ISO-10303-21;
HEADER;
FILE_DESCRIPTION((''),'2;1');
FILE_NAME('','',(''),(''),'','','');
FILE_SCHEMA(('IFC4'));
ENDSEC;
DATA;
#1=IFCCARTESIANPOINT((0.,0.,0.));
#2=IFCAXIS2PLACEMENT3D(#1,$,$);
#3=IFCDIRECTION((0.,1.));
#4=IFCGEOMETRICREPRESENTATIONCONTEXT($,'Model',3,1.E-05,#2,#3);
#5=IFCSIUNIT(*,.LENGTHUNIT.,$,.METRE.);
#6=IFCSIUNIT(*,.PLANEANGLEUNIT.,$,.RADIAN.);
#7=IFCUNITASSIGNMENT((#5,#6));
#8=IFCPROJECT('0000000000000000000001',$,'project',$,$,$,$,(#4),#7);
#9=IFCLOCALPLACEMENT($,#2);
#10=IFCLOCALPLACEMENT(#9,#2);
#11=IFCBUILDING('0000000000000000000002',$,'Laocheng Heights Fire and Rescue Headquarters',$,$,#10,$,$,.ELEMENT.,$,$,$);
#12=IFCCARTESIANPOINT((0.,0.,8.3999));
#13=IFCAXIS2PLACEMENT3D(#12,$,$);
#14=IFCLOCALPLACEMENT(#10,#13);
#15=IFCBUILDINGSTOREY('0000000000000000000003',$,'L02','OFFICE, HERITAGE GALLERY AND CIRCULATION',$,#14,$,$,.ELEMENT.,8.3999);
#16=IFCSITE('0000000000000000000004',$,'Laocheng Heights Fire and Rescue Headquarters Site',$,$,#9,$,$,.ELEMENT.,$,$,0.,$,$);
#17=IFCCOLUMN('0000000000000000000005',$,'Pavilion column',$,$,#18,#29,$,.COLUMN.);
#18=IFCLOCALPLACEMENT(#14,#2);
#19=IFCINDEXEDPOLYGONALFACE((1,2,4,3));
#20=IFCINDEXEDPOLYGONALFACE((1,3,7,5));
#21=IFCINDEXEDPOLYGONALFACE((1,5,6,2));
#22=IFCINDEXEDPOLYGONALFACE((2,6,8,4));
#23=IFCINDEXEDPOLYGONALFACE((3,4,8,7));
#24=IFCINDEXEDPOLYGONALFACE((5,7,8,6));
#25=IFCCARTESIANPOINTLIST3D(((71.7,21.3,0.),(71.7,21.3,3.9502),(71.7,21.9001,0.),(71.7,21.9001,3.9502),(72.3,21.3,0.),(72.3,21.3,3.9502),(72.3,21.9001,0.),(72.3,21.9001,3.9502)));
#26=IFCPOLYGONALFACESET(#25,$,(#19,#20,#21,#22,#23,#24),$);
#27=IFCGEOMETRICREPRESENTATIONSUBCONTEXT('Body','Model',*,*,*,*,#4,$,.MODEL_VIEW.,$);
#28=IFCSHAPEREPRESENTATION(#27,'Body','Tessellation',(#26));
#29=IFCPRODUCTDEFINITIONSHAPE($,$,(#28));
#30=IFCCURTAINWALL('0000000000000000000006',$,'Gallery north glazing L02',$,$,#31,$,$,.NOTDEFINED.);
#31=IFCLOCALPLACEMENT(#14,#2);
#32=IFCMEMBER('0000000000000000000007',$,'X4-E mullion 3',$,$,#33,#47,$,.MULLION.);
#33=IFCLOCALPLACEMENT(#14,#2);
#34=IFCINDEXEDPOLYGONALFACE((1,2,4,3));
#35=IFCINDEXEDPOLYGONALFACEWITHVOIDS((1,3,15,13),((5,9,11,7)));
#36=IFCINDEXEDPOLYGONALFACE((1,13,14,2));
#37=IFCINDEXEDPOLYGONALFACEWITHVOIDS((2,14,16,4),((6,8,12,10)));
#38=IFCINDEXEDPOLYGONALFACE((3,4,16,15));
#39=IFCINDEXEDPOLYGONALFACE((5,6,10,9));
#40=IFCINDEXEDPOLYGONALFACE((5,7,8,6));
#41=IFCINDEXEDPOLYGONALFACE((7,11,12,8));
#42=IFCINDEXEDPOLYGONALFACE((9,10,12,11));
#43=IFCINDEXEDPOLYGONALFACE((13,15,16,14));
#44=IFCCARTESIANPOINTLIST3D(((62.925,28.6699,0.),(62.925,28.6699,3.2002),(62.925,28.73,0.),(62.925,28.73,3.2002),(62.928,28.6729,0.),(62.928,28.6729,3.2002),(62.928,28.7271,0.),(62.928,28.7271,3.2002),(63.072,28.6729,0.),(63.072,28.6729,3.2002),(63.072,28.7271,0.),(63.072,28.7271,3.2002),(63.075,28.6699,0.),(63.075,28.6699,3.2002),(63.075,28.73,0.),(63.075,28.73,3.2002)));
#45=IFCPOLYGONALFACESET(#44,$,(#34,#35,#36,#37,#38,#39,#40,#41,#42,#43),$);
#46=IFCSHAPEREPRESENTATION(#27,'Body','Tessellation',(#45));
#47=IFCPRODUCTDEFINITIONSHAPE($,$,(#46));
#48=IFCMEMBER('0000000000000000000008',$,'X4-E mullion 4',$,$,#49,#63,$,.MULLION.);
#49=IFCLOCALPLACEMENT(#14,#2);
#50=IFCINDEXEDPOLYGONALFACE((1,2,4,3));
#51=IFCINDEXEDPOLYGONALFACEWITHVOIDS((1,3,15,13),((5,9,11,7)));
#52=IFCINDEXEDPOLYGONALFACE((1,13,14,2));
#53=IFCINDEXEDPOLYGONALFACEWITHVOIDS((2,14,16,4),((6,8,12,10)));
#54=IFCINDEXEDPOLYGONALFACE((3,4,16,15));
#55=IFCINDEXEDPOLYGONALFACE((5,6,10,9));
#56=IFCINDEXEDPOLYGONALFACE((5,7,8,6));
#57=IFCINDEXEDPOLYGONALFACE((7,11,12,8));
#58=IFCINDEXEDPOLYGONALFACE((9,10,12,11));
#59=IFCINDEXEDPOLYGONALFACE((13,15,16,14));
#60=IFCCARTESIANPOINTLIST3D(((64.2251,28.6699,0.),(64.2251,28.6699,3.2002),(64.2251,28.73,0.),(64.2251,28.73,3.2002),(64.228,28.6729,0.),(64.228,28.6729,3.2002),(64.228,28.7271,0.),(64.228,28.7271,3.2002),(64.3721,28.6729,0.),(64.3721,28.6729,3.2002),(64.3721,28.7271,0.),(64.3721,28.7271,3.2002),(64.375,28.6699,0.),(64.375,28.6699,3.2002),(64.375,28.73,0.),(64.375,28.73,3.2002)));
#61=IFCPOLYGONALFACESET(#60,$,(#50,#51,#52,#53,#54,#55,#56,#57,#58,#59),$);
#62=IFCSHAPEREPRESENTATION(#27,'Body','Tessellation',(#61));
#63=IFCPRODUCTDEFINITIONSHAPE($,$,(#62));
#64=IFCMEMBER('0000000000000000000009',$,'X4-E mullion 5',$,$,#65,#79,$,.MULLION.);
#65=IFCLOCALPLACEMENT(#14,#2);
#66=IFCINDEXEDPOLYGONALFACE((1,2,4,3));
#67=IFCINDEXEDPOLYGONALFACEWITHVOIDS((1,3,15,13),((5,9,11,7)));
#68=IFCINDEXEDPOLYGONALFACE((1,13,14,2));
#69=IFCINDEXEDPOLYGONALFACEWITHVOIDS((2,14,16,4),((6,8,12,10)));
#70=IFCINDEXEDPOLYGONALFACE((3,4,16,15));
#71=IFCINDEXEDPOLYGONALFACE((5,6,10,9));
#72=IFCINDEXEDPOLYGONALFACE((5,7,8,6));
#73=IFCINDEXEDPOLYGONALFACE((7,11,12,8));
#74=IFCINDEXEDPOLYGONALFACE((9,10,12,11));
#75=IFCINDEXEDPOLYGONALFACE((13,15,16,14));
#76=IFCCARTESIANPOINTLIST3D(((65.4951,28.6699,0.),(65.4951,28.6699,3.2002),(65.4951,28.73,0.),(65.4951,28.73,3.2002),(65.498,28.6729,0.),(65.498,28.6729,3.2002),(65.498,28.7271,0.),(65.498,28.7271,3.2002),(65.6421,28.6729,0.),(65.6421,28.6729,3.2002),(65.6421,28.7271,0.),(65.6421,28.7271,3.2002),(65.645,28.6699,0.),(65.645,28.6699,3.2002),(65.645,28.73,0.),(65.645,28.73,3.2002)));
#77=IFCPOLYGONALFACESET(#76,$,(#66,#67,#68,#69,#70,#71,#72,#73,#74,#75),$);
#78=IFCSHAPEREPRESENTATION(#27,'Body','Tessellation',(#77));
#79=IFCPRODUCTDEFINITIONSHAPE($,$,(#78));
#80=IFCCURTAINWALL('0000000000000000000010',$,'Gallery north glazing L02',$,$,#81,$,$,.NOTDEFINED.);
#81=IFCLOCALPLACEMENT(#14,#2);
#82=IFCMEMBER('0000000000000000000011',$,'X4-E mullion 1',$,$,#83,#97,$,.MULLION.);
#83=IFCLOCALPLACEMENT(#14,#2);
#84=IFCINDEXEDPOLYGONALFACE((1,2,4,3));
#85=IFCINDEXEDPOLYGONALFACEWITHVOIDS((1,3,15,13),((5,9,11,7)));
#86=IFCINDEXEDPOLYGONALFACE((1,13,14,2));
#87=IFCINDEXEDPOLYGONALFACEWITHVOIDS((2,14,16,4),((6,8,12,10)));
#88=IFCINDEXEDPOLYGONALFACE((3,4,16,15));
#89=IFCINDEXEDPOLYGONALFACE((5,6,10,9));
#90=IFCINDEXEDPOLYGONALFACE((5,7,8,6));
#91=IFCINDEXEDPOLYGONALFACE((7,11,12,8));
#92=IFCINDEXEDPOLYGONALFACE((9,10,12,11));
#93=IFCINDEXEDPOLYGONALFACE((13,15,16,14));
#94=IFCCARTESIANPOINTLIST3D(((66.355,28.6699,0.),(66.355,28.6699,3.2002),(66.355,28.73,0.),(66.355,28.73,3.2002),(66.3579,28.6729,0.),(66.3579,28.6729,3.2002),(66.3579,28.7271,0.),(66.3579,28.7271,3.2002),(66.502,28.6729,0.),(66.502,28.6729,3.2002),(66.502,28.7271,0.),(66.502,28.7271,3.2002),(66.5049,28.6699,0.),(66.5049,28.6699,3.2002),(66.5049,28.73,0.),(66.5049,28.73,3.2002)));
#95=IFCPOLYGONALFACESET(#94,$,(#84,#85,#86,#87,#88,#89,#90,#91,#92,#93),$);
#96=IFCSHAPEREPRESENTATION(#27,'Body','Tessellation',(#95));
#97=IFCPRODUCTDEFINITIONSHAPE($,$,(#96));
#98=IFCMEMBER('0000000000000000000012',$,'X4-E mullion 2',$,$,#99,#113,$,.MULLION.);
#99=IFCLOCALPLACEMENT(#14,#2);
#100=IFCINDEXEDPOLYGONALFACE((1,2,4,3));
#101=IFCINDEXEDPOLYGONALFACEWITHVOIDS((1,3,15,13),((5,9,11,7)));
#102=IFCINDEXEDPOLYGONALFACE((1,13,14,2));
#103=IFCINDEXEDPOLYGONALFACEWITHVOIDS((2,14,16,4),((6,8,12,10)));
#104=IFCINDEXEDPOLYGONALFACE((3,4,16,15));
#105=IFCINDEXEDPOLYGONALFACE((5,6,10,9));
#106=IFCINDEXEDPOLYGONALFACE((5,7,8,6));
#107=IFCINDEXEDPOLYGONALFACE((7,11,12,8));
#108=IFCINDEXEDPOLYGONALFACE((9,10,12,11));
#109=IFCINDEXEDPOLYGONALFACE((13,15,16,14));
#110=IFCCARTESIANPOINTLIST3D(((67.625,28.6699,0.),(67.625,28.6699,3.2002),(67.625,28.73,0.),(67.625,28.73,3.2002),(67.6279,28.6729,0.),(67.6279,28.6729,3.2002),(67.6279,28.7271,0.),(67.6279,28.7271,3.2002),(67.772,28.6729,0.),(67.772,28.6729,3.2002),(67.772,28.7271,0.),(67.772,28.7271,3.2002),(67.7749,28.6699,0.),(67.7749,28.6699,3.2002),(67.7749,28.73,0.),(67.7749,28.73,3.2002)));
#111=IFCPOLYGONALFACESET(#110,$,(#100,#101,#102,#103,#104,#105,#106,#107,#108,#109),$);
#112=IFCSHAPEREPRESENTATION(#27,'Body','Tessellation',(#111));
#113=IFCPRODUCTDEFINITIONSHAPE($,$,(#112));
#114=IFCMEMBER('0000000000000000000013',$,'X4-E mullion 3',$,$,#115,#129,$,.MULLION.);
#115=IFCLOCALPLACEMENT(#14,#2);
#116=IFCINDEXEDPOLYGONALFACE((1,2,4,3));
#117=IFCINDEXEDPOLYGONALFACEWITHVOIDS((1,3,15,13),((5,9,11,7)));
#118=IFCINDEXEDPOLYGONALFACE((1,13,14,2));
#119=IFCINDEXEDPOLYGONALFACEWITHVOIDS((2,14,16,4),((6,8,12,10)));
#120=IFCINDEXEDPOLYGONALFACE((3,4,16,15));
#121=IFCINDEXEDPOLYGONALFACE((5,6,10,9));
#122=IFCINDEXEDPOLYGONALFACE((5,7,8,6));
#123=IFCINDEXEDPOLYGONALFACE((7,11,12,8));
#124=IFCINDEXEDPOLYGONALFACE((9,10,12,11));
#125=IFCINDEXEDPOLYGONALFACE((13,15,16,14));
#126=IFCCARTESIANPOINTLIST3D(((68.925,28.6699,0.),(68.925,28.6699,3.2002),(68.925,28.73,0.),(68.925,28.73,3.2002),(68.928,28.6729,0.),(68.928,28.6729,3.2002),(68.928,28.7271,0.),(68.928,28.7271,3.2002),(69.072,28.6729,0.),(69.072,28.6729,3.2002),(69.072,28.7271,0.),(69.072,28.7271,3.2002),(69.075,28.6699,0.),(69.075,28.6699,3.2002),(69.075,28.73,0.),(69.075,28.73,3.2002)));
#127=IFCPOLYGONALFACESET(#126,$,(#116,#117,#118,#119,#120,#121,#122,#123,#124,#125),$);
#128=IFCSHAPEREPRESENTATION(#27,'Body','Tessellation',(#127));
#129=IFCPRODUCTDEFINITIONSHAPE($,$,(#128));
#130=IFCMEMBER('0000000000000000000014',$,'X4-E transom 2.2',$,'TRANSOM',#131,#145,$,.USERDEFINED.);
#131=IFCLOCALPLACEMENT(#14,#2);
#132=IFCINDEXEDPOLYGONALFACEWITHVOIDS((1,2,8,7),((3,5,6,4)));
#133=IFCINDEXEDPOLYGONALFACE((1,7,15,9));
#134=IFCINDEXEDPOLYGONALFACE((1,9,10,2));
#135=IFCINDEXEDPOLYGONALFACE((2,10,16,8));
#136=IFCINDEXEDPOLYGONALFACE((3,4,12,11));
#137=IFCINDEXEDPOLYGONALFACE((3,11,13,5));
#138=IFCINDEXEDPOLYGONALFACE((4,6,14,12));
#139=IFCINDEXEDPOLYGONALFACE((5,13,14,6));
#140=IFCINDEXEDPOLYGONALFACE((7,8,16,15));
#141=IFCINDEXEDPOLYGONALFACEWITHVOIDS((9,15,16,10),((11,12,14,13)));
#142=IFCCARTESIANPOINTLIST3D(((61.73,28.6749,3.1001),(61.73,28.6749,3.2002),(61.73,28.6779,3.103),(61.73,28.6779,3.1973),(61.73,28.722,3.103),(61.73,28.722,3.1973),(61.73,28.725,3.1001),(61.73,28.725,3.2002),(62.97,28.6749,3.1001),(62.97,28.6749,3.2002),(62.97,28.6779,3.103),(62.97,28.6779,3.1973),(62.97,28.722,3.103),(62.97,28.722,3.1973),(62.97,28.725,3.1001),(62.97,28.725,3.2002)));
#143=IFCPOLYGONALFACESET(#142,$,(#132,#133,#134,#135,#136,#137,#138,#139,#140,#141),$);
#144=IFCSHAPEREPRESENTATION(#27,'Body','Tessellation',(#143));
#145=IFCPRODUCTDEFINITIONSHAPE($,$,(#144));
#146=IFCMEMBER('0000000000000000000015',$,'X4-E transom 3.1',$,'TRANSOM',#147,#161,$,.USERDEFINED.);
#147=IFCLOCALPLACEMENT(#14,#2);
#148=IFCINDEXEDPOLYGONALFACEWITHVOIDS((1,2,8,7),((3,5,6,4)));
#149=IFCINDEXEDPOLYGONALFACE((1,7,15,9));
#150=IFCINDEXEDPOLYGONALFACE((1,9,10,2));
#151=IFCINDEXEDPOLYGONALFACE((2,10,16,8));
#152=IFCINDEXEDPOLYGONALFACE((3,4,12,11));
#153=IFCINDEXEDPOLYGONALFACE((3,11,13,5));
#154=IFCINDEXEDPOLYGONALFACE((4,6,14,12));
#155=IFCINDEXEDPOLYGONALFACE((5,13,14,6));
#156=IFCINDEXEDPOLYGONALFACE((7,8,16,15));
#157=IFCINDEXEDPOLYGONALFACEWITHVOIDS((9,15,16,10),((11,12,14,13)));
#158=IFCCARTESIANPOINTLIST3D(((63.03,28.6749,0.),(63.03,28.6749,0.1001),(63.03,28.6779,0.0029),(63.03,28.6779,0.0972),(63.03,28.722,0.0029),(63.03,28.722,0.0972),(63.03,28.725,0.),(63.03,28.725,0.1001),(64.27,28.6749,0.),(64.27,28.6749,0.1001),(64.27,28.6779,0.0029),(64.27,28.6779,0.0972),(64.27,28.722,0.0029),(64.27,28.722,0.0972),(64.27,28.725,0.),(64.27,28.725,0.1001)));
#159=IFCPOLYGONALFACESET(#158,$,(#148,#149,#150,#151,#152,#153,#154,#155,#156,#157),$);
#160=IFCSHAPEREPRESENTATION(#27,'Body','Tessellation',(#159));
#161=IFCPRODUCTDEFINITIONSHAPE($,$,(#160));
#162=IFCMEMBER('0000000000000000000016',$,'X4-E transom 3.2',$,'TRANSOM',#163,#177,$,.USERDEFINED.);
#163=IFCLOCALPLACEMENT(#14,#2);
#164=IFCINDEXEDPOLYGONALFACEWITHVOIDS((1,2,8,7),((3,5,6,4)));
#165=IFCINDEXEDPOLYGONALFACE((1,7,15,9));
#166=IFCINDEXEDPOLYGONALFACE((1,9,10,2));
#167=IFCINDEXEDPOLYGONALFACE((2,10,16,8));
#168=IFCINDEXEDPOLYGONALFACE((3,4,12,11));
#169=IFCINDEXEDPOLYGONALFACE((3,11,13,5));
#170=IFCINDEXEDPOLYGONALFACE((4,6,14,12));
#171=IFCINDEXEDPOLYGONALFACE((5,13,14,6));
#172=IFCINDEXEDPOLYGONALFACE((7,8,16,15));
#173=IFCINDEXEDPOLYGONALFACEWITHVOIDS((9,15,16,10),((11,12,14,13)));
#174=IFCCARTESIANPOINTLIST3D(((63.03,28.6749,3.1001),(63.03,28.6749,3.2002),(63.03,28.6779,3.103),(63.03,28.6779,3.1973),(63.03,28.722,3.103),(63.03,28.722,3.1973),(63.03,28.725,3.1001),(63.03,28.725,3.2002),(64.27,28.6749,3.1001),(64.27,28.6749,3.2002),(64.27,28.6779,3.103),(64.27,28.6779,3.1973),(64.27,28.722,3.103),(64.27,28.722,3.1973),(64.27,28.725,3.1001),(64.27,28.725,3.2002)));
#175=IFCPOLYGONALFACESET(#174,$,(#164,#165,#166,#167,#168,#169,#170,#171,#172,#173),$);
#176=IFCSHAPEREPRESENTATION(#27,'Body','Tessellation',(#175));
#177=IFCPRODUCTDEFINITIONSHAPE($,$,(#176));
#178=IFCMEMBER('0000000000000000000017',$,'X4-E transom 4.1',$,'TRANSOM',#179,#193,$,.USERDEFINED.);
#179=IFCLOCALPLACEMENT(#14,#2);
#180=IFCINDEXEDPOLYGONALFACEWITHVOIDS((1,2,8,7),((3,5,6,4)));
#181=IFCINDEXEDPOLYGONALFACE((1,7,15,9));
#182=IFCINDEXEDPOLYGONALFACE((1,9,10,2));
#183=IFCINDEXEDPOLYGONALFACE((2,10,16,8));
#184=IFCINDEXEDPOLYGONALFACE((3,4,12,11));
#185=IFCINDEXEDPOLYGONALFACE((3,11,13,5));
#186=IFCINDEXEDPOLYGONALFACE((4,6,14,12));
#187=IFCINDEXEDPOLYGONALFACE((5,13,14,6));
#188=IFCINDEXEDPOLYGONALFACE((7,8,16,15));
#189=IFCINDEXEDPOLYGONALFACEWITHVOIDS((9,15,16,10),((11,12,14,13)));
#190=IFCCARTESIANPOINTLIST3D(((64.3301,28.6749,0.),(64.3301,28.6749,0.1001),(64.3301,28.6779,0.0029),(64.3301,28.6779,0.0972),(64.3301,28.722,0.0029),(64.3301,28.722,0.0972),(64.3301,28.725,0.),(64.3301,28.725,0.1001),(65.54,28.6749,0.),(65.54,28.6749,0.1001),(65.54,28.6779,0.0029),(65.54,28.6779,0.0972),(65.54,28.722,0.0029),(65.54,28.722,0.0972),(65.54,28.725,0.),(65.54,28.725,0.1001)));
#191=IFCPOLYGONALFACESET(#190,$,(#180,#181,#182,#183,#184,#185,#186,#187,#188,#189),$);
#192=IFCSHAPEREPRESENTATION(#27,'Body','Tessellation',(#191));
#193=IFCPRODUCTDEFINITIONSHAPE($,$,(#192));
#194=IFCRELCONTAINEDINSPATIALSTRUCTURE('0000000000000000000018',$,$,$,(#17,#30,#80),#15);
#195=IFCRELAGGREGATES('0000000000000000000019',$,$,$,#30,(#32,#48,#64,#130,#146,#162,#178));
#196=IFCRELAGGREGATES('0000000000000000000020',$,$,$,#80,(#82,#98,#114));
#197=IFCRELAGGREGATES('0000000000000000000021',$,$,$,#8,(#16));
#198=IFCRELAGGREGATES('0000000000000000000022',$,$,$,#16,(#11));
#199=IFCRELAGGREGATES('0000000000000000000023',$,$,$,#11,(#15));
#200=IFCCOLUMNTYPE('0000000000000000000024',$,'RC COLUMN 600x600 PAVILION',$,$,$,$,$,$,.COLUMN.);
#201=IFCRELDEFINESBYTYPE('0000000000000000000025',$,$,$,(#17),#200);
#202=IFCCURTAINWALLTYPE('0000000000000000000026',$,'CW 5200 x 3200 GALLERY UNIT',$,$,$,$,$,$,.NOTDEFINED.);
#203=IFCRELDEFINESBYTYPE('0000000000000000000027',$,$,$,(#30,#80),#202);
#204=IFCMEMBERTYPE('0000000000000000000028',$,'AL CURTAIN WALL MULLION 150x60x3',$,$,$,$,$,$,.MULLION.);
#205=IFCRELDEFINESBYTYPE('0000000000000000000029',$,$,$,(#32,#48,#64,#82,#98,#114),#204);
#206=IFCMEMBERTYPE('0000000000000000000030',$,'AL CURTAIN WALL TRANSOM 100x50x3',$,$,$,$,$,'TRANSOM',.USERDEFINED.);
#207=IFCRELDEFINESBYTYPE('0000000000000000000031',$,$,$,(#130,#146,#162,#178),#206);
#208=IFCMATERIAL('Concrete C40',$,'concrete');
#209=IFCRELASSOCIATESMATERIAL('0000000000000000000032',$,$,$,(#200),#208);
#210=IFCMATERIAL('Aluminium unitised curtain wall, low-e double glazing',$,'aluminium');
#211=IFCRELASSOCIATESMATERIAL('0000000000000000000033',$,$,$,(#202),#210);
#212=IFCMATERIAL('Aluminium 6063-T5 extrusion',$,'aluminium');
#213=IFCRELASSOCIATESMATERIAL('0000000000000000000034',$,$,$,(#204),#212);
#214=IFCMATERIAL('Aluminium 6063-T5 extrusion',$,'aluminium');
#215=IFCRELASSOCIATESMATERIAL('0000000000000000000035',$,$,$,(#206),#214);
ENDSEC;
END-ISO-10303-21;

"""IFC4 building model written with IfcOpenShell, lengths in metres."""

from ifc_helpers import new_model, si_unit, direction, frame, origin, origin_2d, place, context, subcontext, project, spatial, rectangle, hollow_rectangle, extrude, material, material_profile, profile_set, type_object, element, aggregate, save


model = new_model("IFC4")

# Units and contexts
model_context = context("Model", 3, precision=1e-05, world=origin(), true_north=direction((0.0, 1.0)))
body_context = subcontext(model_context, "Body", "Model", "MODEL_VIEW")
ifc_project = project(units=[si_unit("LENGTHUNIT", "METRE"), si_unit("PLANEANGLEUNIT", "RADIAN")], contexts=[model_context])

# Site, building, storey
site_placement = place(None, origin())
site = spatial("IfcSite", under=ifc_project, at=site_placement, Name="Laocheng Heights Fire and Rescue Headquarters Site", CompositionType="ELEMENT", RefElevation=0.0)
building_placement = place(site_placement, origin())
building = spatial("IfcBuilding", under=site, at=building_placement, Name="Laocheng Heights Fire and Rescue Headquarters", CompositionType="ELEMENT")
storey_placement = place(building_placement, frame((0.0, 0.0, 8.3999)))
storey = spatial("IfcBuildingStorey", under=building, at=storey_placement, Name="L02", Description="OFFICE, HERITAGE GALLERY AND CIRCULATION", CompositionType="ELEMENT", Elevation=8.3999)

# Column
ifc_material_1 = material(Name="Concrete C40", Category="concrete")
ifc_material_profile_1 = material_profile(ifc_material_1, rectangle(XDim=0.6001, YDim=0.6001, at=origin_2d()), Name="RC COLUMN 600x600 PAVILION")
ifc_profile_set_1 = profile_set([ifc_material_profile_1], Name="Concrete C40")
column_type = type_object("IfcColumnType", Name="RC COLUMN 600x600 PAVILION", PredefinedType="COLUMN", material=ifc_profile_set_1)
column_placement = place(storey_placement, frame((72.0, 21.6001, 0.0), z_axis=(0.0, 0.0, 1.0), x_axis=(1.0, 0.0, 0.0)))
element("IfcColumn", 1, at=column_placement, inside=storey, type_object=column_type, Name="Pavilion column", PredefinedType="COLUMN", context=body_context, shape_type="SweptSolid", body=[
    extrude(rectangle(XDim=0.6001, YDim=0.6001, at=origin_2d()), origin(), (0.0, 0.0, 1.0), 3.9502),
])

# Curtain walls, members
ifc_material_2 = material(Name="Aluminium unitised curtain wall, low-e double glazing", Category="aluminium")
curtain_wall_type = type_object("IfcCurtainWallType", Name="CW 5200 x 3200 GALLERY UNIT", PredefinedType="NOTDEFINED", material=ifc_material_2)
curtain_wall_1_placement = place(storey_placement, origin())
curtain_wall_1 = element("IfcCurtainWall", 2, at=curtain_wall_1_placement, inside=storey, type_object=curtain_wall_type, Name="Gallery north glazing L02", PredefinedType="NOTDEFINED")
ifc_material_3 = material(Name="Aluminium 6063-T5 extrusion", Category="aluminium")
ifc_material_profile_2 = material_profile(ifc_material_3, hollow_rectangle(XDim=0.0601, YDim=0.1499, WallThickness=0.0029, at=origin_2d()), Name="AL MULLION 150x60x3")
ifc_profile_set_2 = profile_set([ifc_material_profile_2], Name="Aluminium 6063-T5 extrusion")
member_type_1 = type_object("IfcMemberType", Name="AL CURTAIN WALL MULLION 150x60x3", PredefinedType="MULLION", material=ifc_profile_set_2)
member_1_placement = place(storey_placement, frame((63.0, 28.7, 0.0), z_axis=(0.0, 0.0, 1.0), x_axis=(0.0, 1.0, 0.0)))
member_1 = element("IfcMember", 3, at=member_1_placement, type_object=member_type_1, Name="X4-E mullion 3", PredefinedType="MULLION", context=body_context, shape_type="SweptSolid", body=[
    extrude(hollow_rectangle(XDim=0.0601, YDim=0.1499, WallThickness=0.0029, at=origin_2d()), origin(), (0.0, 0.0, 1.0), 3.2002),
])
member_2_placement = place(storey_placement, frame((64.3, 28.7, 0.0), z_axis=(0.0, 0.0, 1.0), x_axis=(0.0, 1.0, 0.0)))
member_2 = element("IfcMember", 4, at=member_2_placement, type_object=member_type_1, Name="X4-E mullion 4", PredefinedType="MULLION", context=body_context, shape_type="SweptSolid", body=[
    extrude(hollow_rectangle(XDim=0.0601, YDim=0.1499, WallThickness=0.0029, at=origin_2d()), origin(), (0.0, 0.0, 1.0), 3.2002),
])
member_3_placement = place(storey_placement, frame((65.5701, 28.7, 0.0), z_axis=(0.0, 0.0, 1.0), x_axis=(0.0, 1.0, 0.0)))
member_3 = element("IfcMember", 5, at=member_3_placement, type_object=member_type_1, Name="X4-E mullion 5", PredefinedType="MULLION", context=body_context, shape_type="SweptSolid", body=[
    extrude(hollow_rectangle(XDim=0.0601, YDim=0.1499, WallThickness=0.0029, at=origin_2d()), origin(), (0.0, 0.0, 1.0), 3.2002),
])
curtain_wall_2_placement = place(storey_placement, origin())
curtain_wall_2 = element("IfcCurtainWall", 6, at=curtain_wall_2_placement, inside=storey, type_object=curtain_wall_type, Name="Gallery north glazing L02", PredefinedType="NOTDEFINED")
member_4_placement = place(storey_placement, frame((66.4299, 28.7, 0.0), z_axis=(0.0, 0.0, 1.0), x_axis=(0.0, 1.0, 0.0)))
member_4 = element("IfcMember", 7, at=member_4_placement, type_object=member_type_1, Name="X4-E mullion 1", PredefinedType="MULLION", context=body_context, shape_type="SweptSolid", body=[
    extrude(hollow_rectangle(XDim=0.0601, YDim=0.1499, WallThickness=0.0029, at=origin_2d()), origin(), (0.0, 0.0, 1.0), 3.2002),
])
member_5_placement = place(storey_placement, frame((67.7, 28.7, 0.0), z_axis=(0.0, 0.0, 1.0), x_axis=(0.0, 1.0, 0.0)))
member_5 = element("IfcMember", 8, at=member_5_placement, type_object=member_type_1, Name="X4-E mullion 2", PredefinedType="MULLION", context=body_context, shape_type="SweptSolid", body=[
    extrude(hollow_rectangle(XDim=0.0601, YDim=0.1499, WallThickness=0.0029, at=origin_2d()), origin(), (0.0, 0.0, 1.0), 3.2002),
])
member_6_placement = place(storey_placement, frame((69.0, 28.7, 0.0), z_axis=(0.0, 0.0, 1.0), x_axis=(0.0, 1.0, 0.0)))
member_6 = element("IfcMember", 9, at=member_6_placement, type_object=member_type_1, Name="X4-E mullion 3", PredefinedType="MULLION", context=body_context, shape_type="SweptSolid", body=[
    extrude(hollow_rectangle(XDim=0.0601, YDim=0.1499, WallThickness=0.0029, at=origin_2d()), origin(), (0.0, 0.0, 1.0), 3.2002),
])

# Members
ifc_material_4 = material(Name="Aluminium 6063-T5 extrusion", Category="aluminium")
ifc_material_profile_3 = material_profile(ifc_material_4, hollow_rectangle(XDim=0.05, YDim=0.1001, WallThickness=0.0029, at=origin_2d()), Name="AL TRANSOM 100x50x3")
ifc_profile_set_3 = profile_set([ifc_material_profile_3], Name="Aluminium 6063-T5 extrusion")
member_type_2 = type_object("IfcMemberType", Name="AL CURTAIN WALL TRANSOM 100x50x3", ElementType="TRANSOM", PredefinedType="USERDEFINED", material=ifc_profile_set_3)
member_7_placement = place(storey_placement, frame((61.73, 28.7, 3.1501), z_axis=(1.0, 0.0, 0.0), x_axis=(0.0, 1.0, 0.0)))
member_7 = element("IfcMember", 10, at=member_7_placement, type_object=member_type_2, Name="X4-E transom 2.2", ObjectType="TRANSOM", PredefinedType="USERDEFINED", context=body_context, shape_type="SweptSolid", body=[
    extrude(hollow_rectangle(XDim=0.05, YDim=0.1001, WallThickness=0.0029, at=origin_2d()), origin(), (0.0, 0.0, 1.0), 1.24),
])
member_8_placement = place(storey_placement, frame((63.03, 28.7, 0.05), z_axis=(1.0, 0.0, 0.0), x_axis=(0.0, 1.0, 0.0)))
member_8 = element("IfcMember", 11, at=member_8_placement, type_object=member_type_2, Name="X4-E transom 3.1", ObjectType="TRANSOM", PredefinedType="USERDEFINED", context=body_context, shape_type="SweptSolid", body=[
    extrude(hollow_rectangle(XDim=0.05, YDim=0.1001, WallThickness=0.0029, at=origin_2d()), origin(), (0.0, 0.0, 1.0), 1.24),
])
member_9_placement = place(storey_placement, frame((63.03, 28.7, 3.1501), z_axis=(1.0, 0.0, 0.0), x_axis=(0.0, 1.0, 0.0)))
member_9 = element("IfcMember", 12, at=member_9_placement, type_object=member_type_2, Name="X4-E transom 3.2", ObjectType="TRANSOM", PredefinedType="USERDEFINED", context=body_context, shape_type="SweptSolid", body=[
    extrude(hollow_rectangle(XDim=0.05, YDim=0.1001, WallThickness=0.0029, at=origin_2d()), origin(), (0.0, 0.0, 1.0), 1.24),
])
member_10_placement = place(storey_placement, frame((64.3301, 28.7, 0.05), z_axis=(1.0, 0.0, 0.0), x_axis=(0.0, 1.0, 0.0)))
member_10 = element("IfcMember", 13, at=member_10_placement, type_object=member_type_2, Name="X4-E transom 4.1", ObjectType="TRANSOM", PredefinedType="USERDEFINED", context=body_context, shape_type="SweptSolid", body=[
    extrude(hollow_rectangle(XDim=0.05, YDim=0.1001, WallThickness=0.0029, at=origin_2d()), origin(), (0.0, 0.0, 1.0), 1.21),
])

aggregate(curtain_wall_1, [member_1, member_2, member_3, member_7, member_8, member_9, member_10])
aggregate(curtain_wall_2, [member_4, member_5, member_6])

save(model, "model.ifc")
